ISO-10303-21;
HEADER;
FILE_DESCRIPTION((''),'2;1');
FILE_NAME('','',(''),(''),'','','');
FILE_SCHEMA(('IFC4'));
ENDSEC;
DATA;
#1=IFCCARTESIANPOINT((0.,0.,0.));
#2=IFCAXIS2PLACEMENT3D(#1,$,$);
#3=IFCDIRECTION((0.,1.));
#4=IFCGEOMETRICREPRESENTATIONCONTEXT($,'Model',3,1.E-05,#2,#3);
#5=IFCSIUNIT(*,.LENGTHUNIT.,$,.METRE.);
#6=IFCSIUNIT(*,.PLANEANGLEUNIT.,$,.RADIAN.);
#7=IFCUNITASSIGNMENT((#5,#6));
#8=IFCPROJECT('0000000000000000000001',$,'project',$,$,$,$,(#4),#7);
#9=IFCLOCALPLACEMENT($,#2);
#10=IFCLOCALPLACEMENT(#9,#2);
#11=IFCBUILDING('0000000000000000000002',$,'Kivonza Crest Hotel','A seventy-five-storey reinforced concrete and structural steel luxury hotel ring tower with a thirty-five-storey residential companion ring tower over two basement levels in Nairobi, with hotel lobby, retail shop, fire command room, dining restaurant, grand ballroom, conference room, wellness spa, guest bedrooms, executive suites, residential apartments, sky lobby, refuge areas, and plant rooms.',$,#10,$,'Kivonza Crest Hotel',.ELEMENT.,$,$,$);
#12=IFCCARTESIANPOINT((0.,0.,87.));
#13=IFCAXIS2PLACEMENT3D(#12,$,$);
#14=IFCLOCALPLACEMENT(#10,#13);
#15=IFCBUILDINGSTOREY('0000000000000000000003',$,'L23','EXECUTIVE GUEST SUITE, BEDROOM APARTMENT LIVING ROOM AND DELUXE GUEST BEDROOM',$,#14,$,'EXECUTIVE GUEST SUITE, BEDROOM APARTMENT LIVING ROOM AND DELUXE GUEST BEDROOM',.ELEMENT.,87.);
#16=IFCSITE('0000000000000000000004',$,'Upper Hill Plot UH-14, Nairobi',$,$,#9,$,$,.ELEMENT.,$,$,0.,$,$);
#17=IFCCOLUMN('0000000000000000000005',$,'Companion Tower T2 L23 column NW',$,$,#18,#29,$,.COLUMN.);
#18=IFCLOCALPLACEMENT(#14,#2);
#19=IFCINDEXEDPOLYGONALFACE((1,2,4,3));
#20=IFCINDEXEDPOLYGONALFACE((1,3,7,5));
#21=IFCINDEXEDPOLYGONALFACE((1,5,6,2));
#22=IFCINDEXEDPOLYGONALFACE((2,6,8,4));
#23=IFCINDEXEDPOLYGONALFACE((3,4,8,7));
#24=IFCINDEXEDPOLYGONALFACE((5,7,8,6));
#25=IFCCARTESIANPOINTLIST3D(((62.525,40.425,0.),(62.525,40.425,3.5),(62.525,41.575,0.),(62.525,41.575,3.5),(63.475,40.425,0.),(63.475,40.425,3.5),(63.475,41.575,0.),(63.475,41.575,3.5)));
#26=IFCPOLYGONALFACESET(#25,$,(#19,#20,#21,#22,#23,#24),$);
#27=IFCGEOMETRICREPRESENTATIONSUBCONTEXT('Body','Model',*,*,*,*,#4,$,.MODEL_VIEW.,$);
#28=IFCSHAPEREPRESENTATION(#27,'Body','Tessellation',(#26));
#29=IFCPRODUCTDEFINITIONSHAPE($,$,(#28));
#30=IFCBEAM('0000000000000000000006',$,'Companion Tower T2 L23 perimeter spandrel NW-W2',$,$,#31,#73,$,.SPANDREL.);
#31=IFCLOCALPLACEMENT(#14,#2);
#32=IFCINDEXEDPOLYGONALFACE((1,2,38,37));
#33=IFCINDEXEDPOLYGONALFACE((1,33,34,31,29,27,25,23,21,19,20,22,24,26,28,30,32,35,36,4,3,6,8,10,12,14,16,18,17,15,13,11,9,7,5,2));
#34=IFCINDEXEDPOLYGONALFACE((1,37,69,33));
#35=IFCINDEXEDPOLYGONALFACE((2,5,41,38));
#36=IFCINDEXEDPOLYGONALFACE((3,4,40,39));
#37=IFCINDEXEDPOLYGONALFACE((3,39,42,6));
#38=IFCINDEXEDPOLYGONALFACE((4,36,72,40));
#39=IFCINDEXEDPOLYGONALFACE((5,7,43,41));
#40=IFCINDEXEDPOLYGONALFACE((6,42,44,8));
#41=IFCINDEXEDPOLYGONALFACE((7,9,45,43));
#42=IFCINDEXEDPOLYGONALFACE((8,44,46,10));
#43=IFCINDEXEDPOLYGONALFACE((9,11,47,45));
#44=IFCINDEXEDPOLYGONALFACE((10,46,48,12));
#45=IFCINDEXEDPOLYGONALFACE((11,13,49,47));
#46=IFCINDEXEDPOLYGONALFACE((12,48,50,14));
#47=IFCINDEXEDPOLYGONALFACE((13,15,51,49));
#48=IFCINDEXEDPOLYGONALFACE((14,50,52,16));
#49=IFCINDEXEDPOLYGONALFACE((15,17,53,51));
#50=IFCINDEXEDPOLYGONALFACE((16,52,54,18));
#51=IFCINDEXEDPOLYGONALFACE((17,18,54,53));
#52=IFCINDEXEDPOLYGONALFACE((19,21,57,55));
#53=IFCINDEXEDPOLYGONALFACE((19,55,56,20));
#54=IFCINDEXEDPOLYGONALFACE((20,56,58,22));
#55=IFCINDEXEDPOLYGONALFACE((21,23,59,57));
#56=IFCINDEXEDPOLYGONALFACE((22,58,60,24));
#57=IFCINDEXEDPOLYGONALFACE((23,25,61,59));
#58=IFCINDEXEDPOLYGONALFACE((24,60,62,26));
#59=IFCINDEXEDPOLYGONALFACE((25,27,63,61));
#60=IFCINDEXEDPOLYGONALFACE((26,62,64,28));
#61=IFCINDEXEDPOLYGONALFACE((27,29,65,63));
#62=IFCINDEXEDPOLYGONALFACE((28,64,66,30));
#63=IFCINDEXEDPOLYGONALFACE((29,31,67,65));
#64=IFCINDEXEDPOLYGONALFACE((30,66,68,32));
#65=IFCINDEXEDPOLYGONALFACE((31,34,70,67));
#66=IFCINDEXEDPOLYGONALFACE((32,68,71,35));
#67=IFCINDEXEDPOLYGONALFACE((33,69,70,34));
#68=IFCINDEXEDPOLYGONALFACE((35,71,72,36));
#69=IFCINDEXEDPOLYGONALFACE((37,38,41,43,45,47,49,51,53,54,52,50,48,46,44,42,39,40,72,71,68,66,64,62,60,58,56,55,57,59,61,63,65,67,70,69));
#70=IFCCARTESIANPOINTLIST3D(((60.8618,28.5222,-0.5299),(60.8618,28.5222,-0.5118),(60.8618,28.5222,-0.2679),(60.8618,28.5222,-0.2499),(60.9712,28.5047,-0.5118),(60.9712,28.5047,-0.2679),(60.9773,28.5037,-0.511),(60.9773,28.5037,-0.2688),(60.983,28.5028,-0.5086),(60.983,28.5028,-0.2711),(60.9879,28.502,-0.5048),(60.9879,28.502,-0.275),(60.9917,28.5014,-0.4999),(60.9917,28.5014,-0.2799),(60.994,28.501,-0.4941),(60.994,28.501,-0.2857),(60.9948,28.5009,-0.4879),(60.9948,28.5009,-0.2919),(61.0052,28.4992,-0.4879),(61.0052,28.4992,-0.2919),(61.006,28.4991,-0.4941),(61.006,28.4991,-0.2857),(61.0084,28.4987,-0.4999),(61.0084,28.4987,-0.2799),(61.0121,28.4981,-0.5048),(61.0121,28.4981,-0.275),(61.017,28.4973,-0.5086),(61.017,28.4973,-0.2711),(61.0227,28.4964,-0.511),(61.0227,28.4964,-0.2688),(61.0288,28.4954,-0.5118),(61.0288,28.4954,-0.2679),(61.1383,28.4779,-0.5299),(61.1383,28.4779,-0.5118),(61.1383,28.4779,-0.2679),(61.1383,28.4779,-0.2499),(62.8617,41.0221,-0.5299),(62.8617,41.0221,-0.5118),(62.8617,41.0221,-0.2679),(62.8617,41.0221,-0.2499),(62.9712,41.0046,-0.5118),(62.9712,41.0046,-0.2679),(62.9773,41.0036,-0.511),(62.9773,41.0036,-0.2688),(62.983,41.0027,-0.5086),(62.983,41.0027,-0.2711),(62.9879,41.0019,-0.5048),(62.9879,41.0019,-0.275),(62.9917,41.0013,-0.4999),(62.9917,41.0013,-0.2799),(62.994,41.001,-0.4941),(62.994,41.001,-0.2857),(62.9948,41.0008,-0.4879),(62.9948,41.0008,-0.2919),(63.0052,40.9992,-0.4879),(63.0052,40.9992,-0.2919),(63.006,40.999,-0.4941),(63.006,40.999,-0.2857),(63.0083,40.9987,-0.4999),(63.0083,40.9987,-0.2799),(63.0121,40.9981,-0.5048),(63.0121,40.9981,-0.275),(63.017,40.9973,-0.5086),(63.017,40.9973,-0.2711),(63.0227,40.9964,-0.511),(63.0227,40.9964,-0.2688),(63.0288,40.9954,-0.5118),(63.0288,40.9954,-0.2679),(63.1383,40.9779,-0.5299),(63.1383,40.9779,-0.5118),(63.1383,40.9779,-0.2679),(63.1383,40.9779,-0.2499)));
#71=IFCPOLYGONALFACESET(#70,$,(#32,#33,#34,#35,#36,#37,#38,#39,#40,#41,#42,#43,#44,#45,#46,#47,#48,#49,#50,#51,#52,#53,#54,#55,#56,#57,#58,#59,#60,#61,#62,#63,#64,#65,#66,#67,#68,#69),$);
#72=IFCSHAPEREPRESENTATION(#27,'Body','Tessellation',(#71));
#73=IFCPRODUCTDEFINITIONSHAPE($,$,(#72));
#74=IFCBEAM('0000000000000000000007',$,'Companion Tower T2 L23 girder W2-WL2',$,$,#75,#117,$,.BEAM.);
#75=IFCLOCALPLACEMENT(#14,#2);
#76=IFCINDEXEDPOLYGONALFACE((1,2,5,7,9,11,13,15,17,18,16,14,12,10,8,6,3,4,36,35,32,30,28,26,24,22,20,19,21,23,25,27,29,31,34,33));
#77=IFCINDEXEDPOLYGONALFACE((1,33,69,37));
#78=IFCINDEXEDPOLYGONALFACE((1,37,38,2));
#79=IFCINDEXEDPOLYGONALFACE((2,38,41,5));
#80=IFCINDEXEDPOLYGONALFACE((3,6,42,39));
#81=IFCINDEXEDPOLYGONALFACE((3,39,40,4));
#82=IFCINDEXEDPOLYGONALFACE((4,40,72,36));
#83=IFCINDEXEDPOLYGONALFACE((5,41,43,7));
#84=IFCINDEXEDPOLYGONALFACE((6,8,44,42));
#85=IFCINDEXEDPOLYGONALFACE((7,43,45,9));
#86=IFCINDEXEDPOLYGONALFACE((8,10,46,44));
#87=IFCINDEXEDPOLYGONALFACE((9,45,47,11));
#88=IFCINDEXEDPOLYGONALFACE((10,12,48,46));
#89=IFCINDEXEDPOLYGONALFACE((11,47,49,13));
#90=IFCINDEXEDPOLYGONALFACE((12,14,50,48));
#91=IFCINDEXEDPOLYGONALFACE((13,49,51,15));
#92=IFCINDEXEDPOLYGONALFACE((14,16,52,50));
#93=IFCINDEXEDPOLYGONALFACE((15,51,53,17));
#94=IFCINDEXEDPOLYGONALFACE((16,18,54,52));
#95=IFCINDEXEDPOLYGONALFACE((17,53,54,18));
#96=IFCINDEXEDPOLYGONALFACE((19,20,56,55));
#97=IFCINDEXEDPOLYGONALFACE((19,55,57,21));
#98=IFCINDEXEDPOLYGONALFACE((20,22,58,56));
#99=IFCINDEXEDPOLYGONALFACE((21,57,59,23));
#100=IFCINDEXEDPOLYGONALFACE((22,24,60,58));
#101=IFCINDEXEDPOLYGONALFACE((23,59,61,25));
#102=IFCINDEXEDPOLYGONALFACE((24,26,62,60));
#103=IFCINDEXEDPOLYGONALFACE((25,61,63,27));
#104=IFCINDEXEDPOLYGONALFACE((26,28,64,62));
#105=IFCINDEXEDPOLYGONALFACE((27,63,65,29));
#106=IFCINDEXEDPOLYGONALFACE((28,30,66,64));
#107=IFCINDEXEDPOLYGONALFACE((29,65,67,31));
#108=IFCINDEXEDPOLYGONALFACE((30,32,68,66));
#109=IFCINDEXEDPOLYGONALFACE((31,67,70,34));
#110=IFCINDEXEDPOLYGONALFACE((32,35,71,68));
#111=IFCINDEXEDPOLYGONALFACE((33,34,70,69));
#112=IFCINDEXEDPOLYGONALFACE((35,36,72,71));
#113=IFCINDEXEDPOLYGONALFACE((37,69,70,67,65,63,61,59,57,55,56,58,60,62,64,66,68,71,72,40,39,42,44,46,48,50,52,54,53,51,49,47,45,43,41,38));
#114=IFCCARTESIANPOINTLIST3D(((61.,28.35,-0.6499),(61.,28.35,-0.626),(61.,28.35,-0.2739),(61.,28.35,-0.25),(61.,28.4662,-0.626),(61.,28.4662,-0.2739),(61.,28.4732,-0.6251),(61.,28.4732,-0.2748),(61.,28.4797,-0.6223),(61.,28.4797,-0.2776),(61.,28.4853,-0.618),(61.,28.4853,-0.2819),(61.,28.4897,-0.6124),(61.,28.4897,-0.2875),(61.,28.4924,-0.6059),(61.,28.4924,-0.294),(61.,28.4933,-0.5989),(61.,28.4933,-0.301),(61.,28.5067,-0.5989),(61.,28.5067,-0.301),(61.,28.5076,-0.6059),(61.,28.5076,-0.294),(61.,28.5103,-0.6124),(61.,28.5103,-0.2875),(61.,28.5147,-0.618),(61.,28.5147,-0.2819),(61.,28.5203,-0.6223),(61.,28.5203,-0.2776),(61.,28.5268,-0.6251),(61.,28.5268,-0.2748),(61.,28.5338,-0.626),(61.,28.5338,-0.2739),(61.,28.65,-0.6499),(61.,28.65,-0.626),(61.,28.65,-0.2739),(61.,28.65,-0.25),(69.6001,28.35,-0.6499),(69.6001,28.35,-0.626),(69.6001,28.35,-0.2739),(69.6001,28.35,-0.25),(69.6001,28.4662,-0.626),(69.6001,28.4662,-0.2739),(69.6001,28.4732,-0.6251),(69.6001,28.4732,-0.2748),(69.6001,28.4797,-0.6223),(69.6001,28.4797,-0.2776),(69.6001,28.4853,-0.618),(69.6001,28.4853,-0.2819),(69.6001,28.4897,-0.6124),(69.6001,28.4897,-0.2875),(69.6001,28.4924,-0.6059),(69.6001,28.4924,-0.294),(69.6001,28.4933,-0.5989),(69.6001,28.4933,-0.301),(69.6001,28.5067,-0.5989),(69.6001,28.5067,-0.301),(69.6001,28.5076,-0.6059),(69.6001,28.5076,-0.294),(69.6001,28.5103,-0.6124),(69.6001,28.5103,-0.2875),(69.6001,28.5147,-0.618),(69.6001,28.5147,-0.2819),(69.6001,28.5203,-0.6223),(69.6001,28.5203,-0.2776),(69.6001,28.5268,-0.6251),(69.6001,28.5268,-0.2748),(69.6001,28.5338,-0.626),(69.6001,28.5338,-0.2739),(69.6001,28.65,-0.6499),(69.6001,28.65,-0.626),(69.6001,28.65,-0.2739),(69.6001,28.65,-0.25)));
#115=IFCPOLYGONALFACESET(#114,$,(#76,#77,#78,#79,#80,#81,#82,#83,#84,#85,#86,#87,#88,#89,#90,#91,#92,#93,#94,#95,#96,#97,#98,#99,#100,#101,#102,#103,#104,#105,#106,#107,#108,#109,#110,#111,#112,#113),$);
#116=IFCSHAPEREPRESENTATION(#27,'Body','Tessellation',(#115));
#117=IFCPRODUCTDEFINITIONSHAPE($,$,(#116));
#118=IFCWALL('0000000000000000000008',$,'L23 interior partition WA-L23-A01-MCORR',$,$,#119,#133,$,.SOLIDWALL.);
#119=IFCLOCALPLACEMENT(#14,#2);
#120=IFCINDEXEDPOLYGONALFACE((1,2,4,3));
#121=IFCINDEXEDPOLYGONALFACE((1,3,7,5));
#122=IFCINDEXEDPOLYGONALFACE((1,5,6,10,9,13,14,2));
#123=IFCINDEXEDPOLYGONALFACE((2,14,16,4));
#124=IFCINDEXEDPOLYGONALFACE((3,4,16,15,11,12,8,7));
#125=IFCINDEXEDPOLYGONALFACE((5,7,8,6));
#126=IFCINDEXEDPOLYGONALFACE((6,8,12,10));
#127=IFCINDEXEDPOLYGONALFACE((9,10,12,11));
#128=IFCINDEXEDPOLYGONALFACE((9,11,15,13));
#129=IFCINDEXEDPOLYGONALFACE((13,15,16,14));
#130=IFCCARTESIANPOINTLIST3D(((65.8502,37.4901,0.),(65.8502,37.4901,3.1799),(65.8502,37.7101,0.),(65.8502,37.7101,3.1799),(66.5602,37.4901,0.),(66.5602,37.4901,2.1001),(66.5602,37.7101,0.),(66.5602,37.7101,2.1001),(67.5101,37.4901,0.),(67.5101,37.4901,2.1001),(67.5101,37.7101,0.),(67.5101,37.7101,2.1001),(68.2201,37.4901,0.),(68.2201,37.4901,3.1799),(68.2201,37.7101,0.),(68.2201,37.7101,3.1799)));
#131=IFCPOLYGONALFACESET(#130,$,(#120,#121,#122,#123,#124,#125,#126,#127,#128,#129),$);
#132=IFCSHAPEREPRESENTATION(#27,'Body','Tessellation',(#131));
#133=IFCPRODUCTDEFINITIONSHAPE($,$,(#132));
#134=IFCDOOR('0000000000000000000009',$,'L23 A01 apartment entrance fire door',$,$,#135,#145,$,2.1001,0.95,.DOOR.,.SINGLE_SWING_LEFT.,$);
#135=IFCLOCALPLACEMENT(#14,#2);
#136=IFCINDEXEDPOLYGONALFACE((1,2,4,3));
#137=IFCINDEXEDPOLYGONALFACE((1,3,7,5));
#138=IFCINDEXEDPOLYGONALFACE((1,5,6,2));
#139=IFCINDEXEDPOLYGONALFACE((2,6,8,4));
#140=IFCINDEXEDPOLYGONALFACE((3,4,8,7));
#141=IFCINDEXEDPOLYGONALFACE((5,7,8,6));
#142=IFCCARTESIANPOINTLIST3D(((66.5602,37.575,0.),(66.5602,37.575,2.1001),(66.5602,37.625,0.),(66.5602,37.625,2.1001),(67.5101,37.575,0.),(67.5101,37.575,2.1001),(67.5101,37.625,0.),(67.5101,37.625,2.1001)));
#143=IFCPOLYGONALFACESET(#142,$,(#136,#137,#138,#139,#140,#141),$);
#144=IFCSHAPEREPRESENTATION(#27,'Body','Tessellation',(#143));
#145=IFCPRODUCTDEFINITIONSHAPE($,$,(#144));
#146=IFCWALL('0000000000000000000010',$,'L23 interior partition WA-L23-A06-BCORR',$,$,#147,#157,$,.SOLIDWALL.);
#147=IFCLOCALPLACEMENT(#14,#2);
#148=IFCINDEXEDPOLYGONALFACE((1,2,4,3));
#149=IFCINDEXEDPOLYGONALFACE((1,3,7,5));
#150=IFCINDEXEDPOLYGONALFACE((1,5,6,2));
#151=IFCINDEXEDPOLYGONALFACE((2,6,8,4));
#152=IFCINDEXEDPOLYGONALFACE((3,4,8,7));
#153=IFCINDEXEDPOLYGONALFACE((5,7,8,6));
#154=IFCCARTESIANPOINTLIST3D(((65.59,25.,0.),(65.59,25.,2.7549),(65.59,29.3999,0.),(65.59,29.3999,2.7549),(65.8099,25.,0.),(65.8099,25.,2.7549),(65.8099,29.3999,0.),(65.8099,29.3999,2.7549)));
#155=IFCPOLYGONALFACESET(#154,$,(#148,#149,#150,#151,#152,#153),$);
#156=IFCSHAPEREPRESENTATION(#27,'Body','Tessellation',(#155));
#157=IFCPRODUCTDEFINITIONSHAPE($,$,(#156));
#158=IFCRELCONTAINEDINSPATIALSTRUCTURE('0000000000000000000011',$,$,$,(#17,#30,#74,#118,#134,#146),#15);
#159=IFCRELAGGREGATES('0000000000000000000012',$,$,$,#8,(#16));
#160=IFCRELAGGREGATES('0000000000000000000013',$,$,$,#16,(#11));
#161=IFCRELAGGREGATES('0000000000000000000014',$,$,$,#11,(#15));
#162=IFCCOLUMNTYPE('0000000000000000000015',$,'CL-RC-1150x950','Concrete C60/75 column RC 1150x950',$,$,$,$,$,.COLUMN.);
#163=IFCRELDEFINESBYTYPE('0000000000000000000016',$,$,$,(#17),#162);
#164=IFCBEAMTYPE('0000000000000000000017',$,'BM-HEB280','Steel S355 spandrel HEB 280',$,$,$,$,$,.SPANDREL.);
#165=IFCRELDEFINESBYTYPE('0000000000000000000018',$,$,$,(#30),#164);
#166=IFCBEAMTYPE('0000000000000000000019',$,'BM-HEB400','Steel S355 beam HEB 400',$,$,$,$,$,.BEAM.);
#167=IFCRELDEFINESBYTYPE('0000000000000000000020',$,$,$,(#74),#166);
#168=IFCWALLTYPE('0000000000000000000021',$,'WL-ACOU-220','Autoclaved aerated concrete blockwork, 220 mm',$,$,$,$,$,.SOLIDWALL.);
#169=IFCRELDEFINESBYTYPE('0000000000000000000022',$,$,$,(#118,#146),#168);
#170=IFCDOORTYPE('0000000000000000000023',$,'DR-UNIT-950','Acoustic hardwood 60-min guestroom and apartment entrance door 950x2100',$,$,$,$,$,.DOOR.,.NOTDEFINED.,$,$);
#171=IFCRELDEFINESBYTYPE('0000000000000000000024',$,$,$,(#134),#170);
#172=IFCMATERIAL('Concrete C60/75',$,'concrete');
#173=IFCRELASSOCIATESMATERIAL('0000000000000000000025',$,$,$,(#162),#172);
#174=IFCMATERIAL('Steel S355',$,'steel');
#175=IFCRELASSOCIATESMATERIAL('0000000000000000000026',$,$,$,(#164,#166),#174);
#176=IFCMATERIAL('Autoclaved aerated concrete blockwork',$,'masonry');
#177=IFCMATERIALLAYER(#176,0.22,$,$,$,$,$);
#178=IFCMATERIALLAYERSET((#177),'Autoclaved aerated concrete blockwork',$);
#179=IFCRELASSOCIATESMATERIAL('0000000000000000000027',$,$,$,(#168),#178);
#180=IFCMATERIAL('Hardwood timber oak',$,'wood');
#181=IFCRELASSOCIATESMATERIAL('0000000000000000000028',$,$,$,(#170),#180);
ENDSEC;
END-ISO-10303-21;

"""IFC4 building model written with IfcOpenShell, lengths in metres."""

from ifc_helpers import new_model, si_unit, direction, frame, frame_2d, origin, origin_2d, place, context, subcontext, project, spatial, rectangle, i_section, extrude, material, layer, layer_set, material_profile, profile_set, type_object, element, fill, save


model = new_model("IFC4")

# Units and contexts
model_context = context("Model", 3, precision=1e-05, world=origin(), true_north=direction((0.0, 1.0)))
body_context = subcontext(model_context, "Body", "Model", "MODEL_VIEW")
ifc_project = project(units=[si_unit("LENGTHUNIT", "METRE"), si_unit("PLANEANGLEUNIT", "RADIAN")], contexts=[model_context])

# Site, building, storey
site_placement = place(None, origin())
site = spatial("IfcSite", under=ifc_project, at=site_placement, Name="Upper Hill Plot UH-14, Nairobi", CompositionType="ELEMENT", RefElevation=0.0)
building_placement = place(site_placement, origin())
building = spatial("IfcBuilding", under=site, at=building_placement, Name="Kivonza Crest Hotel", Description="A seventy-five-storey reinforced concrete and structural steel luxury hotel ring tower with a thirty-five-storey residential companion ring tower over two basement levels in Nairobi, with hotel lobby, retail shop, fire command room, dining restaurant, grand ballroom, conference room, wellness spa, guest bedrooms, executive suites, residential apartments, sky lobby, refuge areas, and plant rooms.", LongName="Kivonza Crest Hotel", CompositionType="ELEMENT")
storey_placement = place(building_placement, frame((0.0, 0.0, 87.0)))
storey = spatial("IfcBuildingStorey", under=building, at=storey_placement, Name="L23", Description="EXECUTIVE GUEST SUITE, BEDROOM APARTMENT LIVING ROOM AND DELUXE GUEST BEDROOM", LongName="EXECUTIVE GUEST SUITE, BEDROOM APARTMENT LIVING ROOM AND DELUXE GUEST BEDROOM", CompositionType="ELEMENT", Elevation=87.0)

# Column
ifc_material_1 = material(Name="Concrete C60/75", Category="concrete")
ifc_material_profile_1 = material_profile(ifc_material_1, rectangle(XDim=0.95, YDim=1.1499, at=origin_2d()), Name="RC 1150x950")
ifc_profile_set_1 = profile_set([ifc_material_profile_1], Name="Concrete C60/75")
column_type = type_object("IfcColumnType", Name="CL-RC-1150x950", Description="Concrete C60/75 column RC 1150x950", PredefinedType="COLUMN", material=ifc_profile_set_1)
column_placement = place(storey_placement, frame((63.0, 41.0, 0.0), z_axis=(0.0, 0.0, 1.0), x_axis=(1.0, 0.0, 0.0)))
element("IfcColumn", 1, at=column_placement, inside=storey, type_object=column_type, Name="Companion Tower T2 L23 column NW", PredefinedType="COLUMN", context=body_context, shape_type="SweptSolid", body=[
    extrude(rectangle(XDim=0.95, YDim=1.1499, at=origin_2d()), origin(), (0.0, 0.0, 1.0), 3.5),
])

# Beams
ifc_material_2 = material(Name="Steel S355", Category="steel")
ifc_material_profile_2 = material_profile(ifc_material_2, i_section(OverallWidth=0.28, OverallDepth=0.28, WebThickness=0.0105, FlangeThickness=0.0181, FilletRadius=0.0239, at=origin_2d()), Name="HEB 280")
ifc_profile_set_2 = profile_set([ifc_material_profile_2], Name="Steel S355")
beam_type_1 = type_object("IfcBeamType", Name="BM-HEB280", Description="Steel S355 spandrel HEB 280", PredefinedType="SPANDREL", material=ifc_profile_set_2)
beam_1_placement = place(storey_placement, frame((63.0, 41.0, -0.3899), z_axis=(-0.157991, -0.987441, 0.0), x_axis=(0.987441, -0.157991, 0.0)))
element("IfcBeam", 2, at=beam_1_placement, inside=storey, type_object=beam_type_1, Name="Companion Tower T2 L23 perimeter spandrel NW-W2", PredefinedType="SPANDREL", context=body_context, shape_type="SweptSolid", body=[
    extrude(i_section(OverallWidth=0.28, OverallDepth=0.28, WebThickness=0.0105, FlangeThickness=0.0181, FilletRadius=0.0239, at=origin_2d()), origin(), (0.0, 0.0, 1.0), 12.6589),
])
ifc_material_profile_3 = material_profile(ifc_material_2, i_section(OverallWidth=0.3, OverallDepth=0.3999, WebThickness=0.0134, FlangeThickness=0.0239, FilletRadius=0.0271, at=origin_2d()), Name="HEB 400")
ifc_profile_set_3 = profile_set([ifc_material_profile_3], Name="Steel S355")
beam_type_2 = type_object("IfcBeamType", Name="BM-HEB400", Description="Steel S355 beam HEB 400", PredefinedType="BEAM", material=ifc_profile_set_3)
beam_2_placement = place(storey_placement, frame((61.0, 28.5, -0.45), z_axis=(1.0, 0.0, 0.0), x_axis=(0.0, 1.0, 0.0)))
element("IfcBeam", 3, at=beam_2_placement, inside=storey, type_object=beam_type_2, Name="Companion Tower T2 L23 girder W2-WL2", PredefinedType="BEAM", context=body_context, shape_type="SweptSolid", body=[
    extrude(i_section(OverallWidth=0.3, OverallDepth=0.3999, WebThickness=0.0134, FlangeThickness=0.0239, FilletRadius=0.0271, at=origin_2d()), origin(), (0.0, 0.0, 1.0), 8.6001),
])

# Wall, opening, door
ifc_material_3 = material(Name="Autoclaved aerated concrete blockwork", Category="masonry")
ifc_layer_1 = layer(ifc_material_3, 0.22)
ifc_layer_set_1 = layer_set([ifc_layer_1], Name="Autoclaved aerated concrete blockwork")
wall_type_1 = type_object("IfcWallType", Name="WL-ACOU-220", Description="Autoclaved aerated concrete blockwork, 220 mm", PredefinedType="SOLIDWALL", material=ifc_layer_set_1)
wall_1_placement = place(storey_placement, frame((65.8501, 37.6001, 0.0), z_axis=(0.0, 0.0, 1.0), x_axis=(1.0, 0.0, 0.0)))
wall_1 = element("IfcWall", 4, at=wall_1_placement, inside=storey, type_object=wall_type_1, Name="L23 interior partition WA-L23-A01-MCORR", PredefinedType="SOLIDWALL", context=body_context, shape_type="SweptSolid", body=[
    extrude(rectangle(XDim=2.3699, YDim=0.22, at=frame_2d((1.1851, 0.0))), origin(), (0.0, 0.0, 1.0), 3.1799),
])
opening_1_placement = place(wall_1_placement, frame((0.71, 0.0, 0.0)))
opening_1 = element("IfcOpeningElement", 5, at=opening_1_placement, cuts=wall_1, PredefinedType="OPENING", context=body_context, shape_type="SweptSolid", body=[
    extrude(rectangle(XDim=0.95, YDim=2.1001, at=frame_2d((0.4751, 1.05))), frame((0.0, 0.1201, 0.0), z_axis=(0.0, -1.0, 0.0), x_axis=(1.0, 0.0, 0.0)), (0.0, 0.0, 1.0), 0.24),
])
ifc_material_4 = material(Name="Hardwood timber oak", Category="wood")
door_type_1 = type_object("IfcDoorType", Name="DR-UNIT-950", Description="Acoustic hardwood 60-min guestroom and apartment entrance door 950x2100", OperationType="NOTDEFINED", PredefinedType="DOOR", material=ifc_material_4)
door_1_placement = place(opening_1_placement, origin())
door_1 = element("IfcDoor", 6, at=door_1_placement, inside=storey, type_object=door_type_1, Name="L23 A01 apartment entrance fire door", OperationType="SINGLE_SWING_LEFT", OverallHeight=2.1001, OverallWidth=0.95, PredefinedType="DOOR", context=body_context, shape_type="SweptSolid", body=[
    extrude(rectangle(XDim=0.95, YDim=2.1001, at=frame_2d((0.4751, 1.05))), frame((0.0, 0.0249, 0.0), z_axis=(0.0, -1.0, 0.0), x_axis=(1.0, 0.0, 0.0)), (0.0, 0.0, 1.0), 0.05),
])
fill(opening_1, door_1)

# Wall
wall_2_placement = place(storey_placement, frame((65.7, 25.0, 0.0), z_axis=(0.0, 0.0, 1.0), x_axis=(0.0, 1.0, 0.0)))
element("IfcWall", 7, at=wall_2_placement, inside=storey, type_object=wall_type_1, Name="L23 interior partition WA-L23-A06-BCORR", PredefinedType="SOLIDWALL", context=body_context, shape_type="SweptSolid", body=[
    extrude(rectangle(XDim=4.3999, YDim=0.22, at=frame_2d((2.2, 0.0))), origin(), (0.0, 0.0, 1.0), 2.7549),
])

save(model, "model.ifc")
